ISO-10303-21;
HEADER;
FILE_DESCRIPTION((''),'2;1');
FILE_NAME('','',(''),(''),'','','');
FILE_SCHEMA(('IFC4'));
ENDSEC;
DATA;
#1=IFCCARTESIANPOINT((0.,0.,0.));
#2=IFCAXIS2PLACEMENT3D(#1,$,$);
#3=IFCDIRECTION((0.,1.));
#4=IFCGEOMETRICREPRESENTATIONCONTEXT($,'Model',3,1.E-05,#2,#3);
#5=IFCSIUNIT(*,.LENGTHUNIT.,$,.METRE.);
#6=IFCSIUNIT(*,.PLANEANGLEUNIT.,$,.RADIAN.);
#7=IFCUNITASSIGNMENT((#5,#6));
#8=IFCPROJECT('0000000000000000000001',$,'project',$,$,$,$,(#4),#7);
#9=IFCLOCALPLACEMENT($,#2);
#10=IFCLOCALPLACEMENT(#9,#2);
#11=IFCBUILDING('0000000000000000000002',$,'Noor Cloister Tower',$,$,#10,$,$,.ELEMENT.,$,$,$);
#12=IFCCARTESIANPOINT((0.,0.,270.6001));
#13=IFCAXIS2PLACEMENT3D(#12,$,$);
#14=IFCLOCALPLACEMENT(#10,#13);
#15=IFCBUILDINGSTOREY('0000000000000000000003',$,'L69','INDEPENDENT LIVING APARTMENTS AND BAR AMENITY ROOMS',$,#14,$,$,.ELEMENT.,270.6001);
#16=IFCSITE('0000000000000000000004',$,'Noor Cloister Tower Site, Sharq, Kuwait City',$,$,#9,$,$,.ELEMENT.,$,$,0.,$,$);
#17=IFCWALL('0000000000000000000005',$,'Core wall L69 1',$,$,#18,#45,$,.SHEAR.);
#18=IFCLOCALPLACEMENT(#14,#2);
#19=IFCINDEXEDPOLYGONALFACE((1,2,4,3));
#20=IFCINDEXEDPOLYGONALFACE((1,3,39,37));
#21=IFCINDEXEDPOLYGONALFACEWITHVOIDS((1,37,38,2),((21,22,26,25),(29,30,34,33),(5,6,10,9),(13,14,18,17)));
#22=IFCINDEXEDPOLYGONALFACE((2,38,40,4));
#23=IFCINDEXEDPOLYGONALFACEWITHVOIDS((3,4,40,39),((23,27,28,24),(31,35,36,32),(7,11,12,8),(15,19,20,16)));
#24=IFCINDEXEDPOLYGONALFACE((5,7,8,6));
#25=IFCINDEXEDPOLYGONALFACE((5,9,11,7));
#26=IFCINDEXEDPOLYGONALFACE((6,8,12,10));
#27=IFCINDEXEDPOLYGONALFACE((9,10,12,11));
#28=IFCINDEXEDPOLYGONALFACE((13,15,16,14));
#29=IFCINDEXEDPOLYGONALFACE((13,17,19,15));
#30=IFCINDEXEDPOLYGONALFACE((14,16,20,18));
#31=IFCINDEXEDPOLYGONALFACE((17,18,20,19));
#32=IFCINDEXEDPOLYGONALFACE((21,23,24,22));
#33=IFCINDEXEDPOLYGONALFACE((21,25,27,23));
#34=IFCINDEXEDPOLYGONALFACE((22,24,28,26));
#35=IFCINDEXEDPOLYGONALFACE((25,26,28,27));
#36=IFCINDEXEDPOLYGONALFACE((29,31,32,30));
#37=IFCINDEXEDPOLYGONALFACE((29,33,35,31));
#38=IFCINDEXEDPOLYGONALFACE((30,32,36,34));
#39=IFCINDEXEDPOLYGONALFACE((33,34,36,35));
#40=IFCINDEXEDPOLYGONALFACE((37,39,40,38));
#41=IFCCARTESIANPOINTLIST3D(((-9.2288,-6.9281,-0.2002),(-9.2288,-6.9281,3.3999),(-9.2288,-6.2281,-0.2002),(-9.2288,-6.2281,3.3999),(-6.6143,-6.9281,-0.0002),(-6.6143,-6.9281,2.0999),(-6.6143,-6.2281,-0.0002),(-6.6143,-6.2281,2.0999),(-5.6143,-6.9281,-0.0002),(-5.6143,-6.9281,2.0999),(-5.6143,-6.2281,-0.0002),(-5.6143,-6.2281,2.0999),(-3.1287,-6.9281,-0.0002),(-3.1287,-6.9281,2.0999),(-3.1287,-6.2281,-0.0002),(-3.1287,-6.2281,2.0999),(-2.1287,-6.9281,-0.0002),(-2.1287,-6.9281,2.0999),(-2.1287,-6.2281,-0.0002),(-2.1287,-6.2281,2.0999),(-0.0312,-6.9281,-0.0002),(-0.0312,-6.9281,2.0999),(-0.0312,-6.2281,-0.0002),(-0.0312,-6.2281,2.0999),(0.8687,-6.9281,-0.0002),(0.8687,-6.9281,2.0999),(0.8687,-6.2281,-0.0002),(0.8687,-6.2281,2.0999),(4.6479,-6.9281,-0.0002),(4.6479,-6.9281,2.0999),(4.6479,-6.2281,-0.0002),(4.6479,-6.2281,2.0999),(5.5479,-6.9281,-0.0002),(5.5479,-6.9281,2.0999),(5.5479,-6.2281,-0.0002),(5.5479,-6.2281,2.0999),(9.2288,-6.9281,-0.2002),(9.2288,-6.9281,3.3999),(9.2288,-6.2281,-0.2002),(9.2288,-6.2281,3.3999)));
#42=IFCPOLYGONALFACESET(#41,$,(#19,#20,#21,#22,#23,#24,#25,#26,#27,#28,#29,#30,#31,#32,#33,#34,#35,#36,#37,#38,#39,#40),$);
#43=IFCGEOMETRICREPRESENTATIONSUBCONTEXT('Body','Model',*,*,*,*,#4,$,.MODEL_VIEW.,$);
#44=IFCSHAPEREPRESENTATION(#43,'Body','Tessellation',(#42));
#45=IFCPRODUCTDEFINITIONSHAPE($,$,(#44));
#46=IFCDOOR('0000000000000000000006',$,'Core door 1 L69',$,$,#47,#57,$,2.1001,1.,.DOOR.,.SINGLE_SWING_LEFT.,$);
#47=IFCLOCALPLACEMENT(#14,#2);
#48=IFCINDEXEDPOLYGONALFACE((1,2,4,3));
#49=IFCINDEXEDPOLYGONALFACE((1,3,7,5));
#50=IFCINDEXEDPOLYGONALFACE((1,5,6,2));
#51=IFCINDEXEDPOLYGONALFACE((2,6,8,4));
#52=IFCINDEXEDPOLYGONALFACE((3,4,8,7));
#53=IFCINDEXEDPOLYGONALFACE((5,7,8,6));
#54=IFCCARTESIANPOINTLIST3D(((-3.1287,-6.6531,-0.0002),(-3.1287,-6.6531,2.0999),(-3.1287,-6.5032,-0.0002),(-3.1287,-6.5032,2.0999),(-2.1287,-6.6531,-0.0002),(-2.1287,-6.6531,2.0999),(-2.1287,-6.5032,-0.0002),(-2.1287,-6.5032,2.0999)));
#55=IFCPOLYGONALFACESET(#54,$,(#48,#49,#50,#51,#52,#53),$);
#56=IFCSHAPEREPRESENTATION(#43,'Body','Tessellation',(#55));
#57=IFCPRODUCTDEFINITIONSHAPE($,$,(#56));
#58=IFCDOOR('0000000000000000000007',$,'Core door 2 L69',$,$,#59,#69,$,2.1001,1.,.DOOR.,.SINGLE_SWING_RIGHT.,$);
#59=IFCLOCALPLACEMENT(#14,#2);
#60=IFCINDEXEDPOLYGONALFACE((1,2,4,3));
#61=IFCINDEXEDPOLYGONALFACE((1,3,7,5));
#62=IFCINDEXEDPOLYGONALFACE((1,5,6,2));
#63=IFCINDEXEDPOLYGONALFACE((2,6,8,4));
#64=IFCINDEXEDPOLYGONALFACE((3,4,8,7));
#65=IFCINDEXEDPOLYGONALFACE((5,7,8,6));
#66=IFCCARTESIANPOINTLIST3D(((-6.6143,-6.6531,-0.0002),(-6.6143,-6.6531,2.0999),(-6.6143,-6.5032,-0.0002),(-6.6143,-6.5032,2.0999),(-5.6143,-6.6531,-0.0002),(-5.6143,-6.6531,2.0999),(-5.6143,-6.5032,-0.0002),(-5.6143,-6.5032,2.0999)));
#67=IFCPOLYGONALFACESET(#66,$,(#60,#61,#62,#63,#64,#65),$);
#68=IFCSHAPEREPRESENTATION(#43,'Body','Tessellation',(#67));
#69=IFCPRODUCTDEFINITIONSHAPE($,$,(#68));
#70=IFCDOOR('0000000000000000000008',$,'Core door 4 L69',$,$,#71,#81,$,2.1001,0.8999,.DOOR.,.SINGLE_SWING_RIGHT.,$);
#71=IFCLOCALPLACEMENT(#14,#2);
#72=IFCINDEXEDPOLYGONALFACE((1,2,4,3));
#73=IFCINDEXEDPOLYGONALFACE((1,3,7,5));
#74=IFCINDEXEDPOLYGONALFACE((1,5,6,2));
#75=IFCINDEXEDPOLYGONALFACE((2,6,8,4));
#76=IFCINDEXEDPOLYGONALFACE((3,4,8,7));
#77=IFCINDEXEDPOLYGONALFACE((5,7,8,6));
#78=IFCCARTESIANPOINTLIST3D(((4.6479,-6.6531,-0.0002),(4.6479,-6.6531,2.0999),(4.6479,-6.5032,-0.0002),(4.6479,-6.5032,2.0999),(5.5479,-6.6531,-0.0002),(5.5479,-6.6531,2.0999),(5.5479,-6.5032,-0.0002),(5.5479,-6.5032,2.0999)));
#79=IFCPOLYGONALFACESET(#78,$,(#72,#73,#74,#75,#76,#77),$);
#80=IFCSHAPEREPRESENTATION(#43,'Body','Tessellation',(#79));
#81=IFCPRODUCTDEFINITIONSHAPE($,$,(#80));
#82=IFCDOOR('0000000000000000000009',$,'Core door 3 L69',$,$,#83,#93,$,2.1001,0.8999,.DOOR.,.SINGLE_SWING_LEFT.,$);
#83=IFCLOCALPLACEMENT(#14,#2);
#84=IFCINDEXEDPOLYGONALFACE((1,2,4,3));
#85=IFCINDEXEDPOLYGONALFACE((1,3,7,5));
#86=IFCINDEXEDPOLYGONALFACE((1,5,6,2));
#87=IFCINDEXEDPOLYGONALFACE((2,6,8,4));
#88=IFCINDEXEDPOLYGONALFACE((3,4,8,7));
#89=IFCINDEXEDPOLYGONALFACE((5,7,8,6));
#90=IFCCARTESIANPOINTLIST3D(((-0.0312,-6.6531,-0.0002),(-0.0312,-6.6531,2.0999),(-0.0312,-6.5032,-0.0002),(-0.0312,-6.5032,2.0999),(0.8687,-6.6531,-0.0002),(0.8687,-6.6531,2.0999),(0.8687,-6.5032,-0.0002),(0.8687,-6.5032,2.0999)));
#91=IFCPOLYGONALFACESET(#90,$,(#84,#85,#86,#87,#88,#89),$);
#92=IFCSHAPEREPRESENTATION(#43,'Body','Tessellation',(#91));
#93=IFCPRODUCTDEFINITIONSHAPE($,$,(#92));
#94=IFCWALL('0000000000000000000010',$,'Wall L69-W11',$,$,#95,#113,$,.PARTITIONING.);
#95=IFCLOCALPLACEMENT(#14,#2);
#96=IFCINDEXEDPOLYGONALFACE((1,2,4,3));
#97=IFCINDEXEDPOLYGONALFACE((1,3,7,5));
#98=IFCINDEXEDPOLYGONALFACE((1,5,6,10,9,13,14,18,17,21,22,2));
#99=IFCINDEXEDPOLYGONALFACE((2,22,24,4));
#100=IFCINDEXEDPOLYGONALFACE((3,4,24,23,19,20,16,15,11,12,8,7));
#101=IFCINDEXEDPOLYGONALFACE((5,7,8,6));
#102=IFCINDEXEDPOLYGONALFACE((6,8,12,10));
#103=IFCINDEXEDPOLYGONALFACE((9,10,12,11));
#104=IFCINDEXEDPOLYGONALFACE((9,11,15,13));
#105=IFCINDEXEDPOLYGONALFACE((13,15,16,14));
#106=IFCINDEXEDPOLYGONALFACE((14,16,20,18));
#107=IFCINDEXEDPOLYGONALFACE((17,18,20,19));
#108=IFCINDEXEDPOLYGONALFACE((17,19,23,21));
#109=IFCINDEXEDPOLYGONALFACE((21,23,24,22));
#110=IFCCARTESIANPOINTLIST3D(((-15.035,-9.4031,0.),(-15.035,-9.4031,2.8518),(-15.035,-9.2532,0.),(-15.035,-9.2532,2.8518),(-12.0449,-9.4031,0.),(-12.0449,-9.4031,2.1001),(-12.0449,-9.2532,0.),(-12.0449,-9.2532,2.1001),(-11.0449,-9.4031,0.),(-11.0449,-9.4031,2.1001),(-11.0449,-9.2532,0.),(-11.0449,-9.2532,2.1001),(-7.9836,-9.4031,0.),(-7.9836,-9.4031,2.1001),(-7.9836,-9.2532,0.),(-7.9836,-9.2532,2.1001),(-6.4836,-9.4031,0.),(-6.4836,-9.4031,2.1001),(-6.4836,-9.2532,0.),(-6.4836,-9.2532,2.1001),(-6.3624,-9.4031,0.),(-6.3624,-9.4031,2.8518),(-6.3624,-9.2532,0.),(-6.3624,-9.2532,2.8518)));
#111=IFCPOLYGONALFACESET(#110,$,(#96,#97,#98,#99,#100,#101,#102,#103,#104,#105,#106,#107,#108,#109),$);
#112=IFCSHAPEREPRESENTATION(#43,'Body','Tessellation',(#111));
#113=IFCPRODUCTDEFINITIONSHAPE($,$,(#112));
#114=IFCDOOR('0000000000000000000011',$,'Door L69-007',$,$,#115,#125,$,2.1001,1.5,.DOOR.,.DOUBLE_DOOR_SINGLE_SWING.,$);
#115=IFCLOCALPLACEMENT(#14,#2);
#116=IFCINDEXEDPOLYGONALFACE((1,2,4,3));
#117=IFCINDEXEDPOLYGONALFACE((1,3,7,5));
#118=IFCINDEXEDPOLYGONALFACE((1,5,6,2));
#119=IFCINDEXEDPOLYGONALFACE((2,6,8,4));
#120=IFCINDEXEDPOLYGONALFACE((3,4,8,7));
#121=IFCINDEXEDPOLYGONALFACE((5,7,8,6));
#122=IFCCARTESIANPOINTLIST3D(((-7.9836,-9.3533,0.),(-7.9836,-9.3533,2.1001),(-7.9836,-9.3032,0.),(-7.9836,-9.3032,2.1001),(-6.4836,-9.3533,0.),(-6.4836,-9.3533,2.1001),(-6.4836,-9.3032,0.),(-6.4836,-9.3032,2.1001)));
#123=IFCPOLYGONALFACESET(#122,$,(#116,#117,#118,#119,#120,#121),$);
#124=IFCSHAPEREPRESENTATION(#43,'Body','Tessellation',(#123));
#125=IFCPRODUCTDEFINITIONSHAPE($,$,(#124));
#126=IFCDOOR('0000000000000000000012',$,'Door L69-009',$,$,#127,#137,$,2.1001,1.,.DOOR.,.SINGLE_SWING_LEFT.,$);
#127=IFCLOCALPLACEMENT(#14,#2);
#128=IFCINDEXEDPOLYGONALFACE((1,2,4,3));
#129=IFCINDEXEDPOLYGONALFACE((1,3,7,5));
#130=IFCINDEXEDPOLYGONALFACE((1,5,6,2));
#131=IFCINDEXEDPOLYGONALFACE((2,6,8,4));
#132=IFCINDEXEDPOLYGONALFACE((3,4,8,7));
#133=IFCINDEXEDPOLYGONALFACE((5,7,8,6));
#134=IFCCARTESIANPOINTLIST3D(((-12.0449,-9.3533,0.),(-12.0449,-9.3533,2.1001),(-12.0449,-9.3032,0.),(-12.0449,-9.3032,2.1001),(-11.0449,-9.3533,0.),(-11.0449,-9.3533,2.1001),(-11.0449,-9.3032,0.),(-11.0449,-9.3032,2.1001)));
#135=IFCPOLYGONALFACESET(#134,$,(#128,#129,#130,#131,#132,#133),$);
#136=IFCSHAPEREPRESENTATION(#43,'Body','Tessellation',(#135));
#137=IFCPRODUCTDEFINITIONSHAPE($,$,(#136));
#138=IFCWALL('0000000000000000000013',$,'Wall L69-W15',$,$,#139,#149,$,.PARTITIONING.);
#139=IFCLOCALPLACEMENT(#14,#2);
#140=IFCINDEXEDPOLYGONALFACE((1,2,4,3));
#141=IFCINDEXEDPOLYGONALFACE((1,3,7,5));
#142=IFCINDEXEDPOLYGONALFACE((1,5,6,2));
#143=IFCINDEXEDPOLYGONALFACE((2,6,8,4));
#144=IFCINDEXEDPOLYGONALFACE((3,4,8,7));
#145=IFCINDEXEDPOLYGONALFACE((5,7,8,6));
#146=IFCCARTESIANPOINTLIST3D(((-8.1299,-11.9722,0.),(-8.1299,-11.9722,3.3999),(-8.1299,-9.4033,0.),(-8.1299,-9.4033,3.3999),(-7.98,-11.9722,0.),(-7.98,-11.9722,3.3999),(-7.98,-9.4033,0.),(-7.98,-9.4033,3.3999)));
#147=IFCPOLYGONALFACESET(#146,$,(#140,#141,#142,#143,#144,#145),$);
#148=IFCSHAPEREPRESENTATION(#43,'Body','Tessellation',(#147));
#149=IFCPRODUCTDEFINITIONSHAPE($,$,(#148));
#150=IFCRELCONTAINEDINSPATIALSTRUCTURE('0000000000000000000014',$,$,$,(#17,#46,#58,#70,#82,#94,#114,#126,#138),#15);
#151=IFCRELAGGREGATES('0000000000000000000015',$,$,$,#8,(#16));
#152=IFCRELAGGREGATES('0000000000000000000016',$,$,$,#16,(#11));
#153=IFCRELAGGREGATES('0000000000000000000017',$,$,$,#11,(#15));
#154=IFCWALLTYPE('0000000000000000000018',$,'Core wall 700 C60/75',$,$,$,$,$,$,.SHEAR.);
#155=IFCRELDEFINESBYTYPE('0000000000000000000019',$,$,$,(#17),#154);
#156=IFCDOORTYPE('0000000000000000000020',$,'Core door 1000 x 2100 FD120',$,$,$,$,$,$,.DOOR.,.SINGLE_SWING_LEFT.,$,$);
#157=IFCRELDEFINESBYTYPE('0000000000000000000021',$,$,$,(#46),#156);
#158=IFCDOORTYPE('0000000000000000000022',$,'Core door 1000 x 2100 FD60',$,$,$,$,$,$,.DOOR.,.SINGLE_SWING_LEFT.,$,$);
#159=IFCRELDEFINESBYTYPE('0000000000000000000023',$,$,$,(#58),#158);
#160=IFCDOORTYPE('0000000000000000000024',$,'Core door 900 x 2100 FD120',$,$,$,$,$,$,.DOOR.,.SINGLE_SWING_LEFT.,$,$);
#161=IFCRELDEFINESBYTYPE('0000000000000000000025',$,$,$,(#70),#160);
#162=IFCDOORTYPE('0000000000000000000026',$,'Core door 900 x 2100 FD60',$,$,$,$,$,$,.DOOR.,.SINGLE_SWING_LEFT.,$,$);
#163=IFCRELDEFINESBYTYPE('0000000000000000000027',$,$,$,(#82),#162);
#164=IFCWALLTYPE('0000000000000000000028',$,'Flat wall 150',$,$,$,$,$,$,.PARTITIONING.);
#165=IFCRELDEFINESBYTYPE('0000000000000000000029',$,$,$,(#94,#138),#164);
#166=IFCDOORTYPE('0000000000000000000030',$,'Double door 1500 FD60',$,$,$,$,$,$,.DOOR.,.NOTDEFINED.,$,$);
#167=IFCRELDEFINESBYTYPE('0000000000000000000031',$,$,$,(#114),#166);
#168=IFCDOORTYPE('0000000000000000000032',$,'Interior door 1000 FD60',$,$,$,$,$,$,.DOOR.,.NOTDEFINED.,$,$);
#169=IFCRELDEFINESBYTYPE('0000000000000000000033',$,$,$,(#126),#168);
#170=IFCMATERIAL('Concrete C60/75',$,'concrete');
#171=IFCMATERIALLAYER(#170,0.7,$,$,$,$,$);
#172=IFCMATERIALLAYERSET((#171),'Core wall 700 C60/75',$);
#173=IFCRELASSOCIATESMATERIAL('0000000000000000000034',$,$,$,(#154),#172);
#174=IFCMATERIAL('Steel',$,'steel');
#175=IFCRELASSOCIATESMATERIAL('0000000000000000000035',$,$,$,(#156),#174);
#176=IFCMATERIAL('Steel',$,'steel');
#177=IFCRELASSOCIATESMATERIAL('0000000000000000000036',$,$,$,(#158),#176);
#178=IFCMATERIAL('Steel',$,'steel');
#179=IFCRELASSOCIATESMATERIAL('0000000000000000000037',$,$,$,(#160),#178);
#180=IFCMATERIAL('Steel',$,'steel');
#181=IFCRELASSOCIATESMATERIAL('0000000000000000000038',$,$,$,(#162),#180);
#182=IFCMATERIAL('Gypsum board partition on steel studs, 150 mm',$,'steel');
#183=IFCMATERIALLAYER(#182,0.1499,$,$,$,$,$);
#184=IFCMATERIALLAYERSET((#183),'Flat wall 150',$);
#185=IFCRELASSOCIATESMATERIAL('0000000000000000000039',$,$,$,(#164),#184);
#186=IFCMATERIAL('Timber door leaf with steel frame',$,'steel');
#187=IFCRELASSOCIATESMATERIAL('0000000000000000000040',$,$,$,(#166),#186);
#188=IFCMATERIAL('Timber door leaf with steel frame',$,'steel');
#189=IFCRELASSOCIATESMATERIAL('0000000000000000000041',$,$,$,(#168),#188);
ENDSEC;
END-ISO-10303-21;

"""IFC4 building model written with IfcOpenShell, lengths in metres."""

from ifc_helpers import new_model, si_unit, direction, frame, frame_2d, origin, place, context, subcontext, project, spatial, rectangle, extrude, material, layer, layer_set, type_object, element, fill, save


model = new_model("IFC4")

# Units and contexts
model_context = context("Model", 3, precision=1e-05, world=origin(), true_north=direction((0.0, 1.0)))
body_context = subcontext(model_context, "Body", "Model", "MODEL_VIEW")
ifc_project = project(units=[si_unit("LENGTHUNIT", "METRE"), si_unit("PLANEANGLEUNIT", "RADIAN")], contexts=[model_context])

# Site, building, storey
site_placement = place(None, origin())
site = spatial("IfcSite", under=ifc_project, at=site_placement, Name="Noor Cloister Tower Site, Sharq, Kuwait City", CompositionType="ELEMENT", RefElevation=0.0)
building_placement = place(site_placement, origin())
building = spatial("IfcBuilding", under=site, at=building_placement, Name="Noor Cloister Tower", CompositionType="ELEMENT")
storey_placement = place(building_placement, frame((0.0, 0.0, 270.6001)))
storey = spatial("IfcBuildingStorey", under=building, at=storey_placement, Name="L69", Description="INDEPENDENT LIVING APARTMENTS AND BAR AMENITY ROOMS", CompositionType="ELEMENT", Elevation=270.6001)

# Walls, openings, doors
ifc_material_1 = material(Name="Concrete C60/75", Category="concrete")
ifc_layer_1 = layer(ifc_material_1, 0.7)
ifc_layer_set_1 = layer_set([ifc_layer_1], Name="Core wall 700 C60/75")
wall_type_1 = type_object("IfcWallType", Name="Core wall 700 C60/75", PredefinedType="SHEAR", material=ifc_layer_set_1)
wall_1_placement = place(storey_placement, frame((-9.2288, -6.5781, -0.2002), z_axis=(0.0, 0.0, 1.0), x_axis=(1.0, 0.0, 0.0)))
wall_1 = element("IfcWall", 1, at=wall_1_placement, inside=storey, type_object=wall_type_1, Name="Core wall L69 1", PredefinedType="SHEAR", context=body_context, shape_type="SweptSolid", body=[
    extrude(rectangle(XDim=18.4575, YDim=0.7, at=frame_2d((9.2288, 0.0))), origin(), (0.0, 0.0, 1.0), 3.6001),
])
opening_1_placement = place(wall_1_placement, frame((6.1001, 0.0, 0.2)))
opening_1 = element("IfcOpeningElement", 2, at=opening_1_placement, cuts=wall_1, PredefinedType="OPENING", context=body_context, shape_type="SweptSolid", body=[
    extrude(rectangle(XDim=1.0, YDim=2.1001, at=frame_2d((0.5, 1.05))), frame((0.0, 0.3599, 0.0), z_axis=(0.0, -1.0, 0.0), x_axis=(1.0, 0.0, 0.0)), (0.0, 0.0, 1.0), 0.72),
])
opening_2_placement = place(wall_1_placement, frame((2.6145, 0.0, 0.2)))
opening_2 = element("IfcOpeningElement", 3, at=opening_2_placement, cuts=wall_1, PredefinedType="OPENING", context=body_context, shape_type="SweptSolid", body=[
    extrude(rectangle(XDim=1.0, YDim=2.1001, at=frame_2d((0.5, 1.05))), frame((0.0, 0.3599, 0.0), z_axis=(0.0, -1.0, 0.0), x_axis=(1.0, 0.0, 0.0)), (0.0, 0.0, 1.0), 0.72),
])
opening_3_placement = place(wall_1_placement, frame((9.1975, 0.0, 0.2)))
opening_3 = element("IfcOpeningElement", 4, at=opening_3_placement, cuts=wall_1, PredefinedType="OPENING", context=body_context, shape_type="SweptSolid", body=[
    extrude(rectangle(XDim=0.8999, YDim=2.1001, at=frame_2d((0.45, 1.05))), frame((0.0, 0.3599, 0.0), z_axis=(0.0, -1.0, 0.0), x_axis=(1.0, 0.0, 0.0)), (0.0, 0.0, 1.0), 0.72),
])
opening_4_placement = place(wall_1_placement, frame((13.8767, 0.0, 0.2)))
opening_4 = element("IfcOpeningElement", 5, at=opening_4_placement, cuts=wall_1, PredefinedType="OPENING", context=body_context, shape_type="SweptSolid", body=[
    extrude(rectangle(XDim=0.8999, YDim=2.1001, at=frame_2d((0.45, 1.05))), frame((0.0, 0.3599, 0.0), z_axis=(0.0, -1.0, 0.0), x_axis=(1.0, 0.0, 0.0)), (0.0, 0.0, 1.0), 0.72),
])
ifc_material_2 = material(Name="Steel", Category="steel")
door_type_1 = type_object("IfcDoorType", Name="Core door 1000 x 2100 FD120", OperationType="SINGLE_SWING_LEFT", PredefinedType="DOOR", material=ifc_material_2)
door_1_placement = place(opening_1_placement, origin())
door_1 = element("IfcDoor", 6, at=door_1_placement, inside=storey, type_object=door_type_1, Name="Core door 1 L69", OperationType="SINGLE_SWING_LEFT", OverallHeight=2.1001, OverallWidth=1.0, PredefinedType="DOOR", context=body_context, shape_type="SweptSolid", body=[
    extrude(rectangle(XDim=1.0, YDim=2.1001, at=frame_2d((0.5, 1.05))), frame((0.0, 0.075, 0.0), z_axis=(0.0, -1.0, 0.0), x_axis=(1.0, 0.0, 0.0)), (0.0, 0.0, 1.0), 0.1499),
])
fill(opening_1, door_1)
ifc_material_3 = material(Name="Steel", Category="steel")
door_type_2 = type_object("IfcDoorType", Name="Core door 1000 x 2100 FD60", OperationType="SINGLE_SWING_LEFT", PredefinedType="DOOR", material=ifc_material_3)
door_2_placement = place(opening_2_placement, origin())
door_2 = element("IfcDoor", 7, at=door_2_placement, inside=storey, type_object=door_type_2, Name="Core door 2 L69", OperationType="SINGLE_SWING_RIGHT", OverallHeight=2.1001, OverallWidth=1.0, PredefinedType="DOOR", context=body_context, shape_type="SweptSolid", body=[
    extrude(rectangle(XDim=1.0, YDim=2.1001, at=frame_2d((0.5, 1.05))), frame((0.0, 0.075, 0.0), z_axis=(0.0, -1.0, 0.0), x_axis=(1.0, 0.0, 0.0)), (0.0, 0.0, 1.0), 0.1499),
])
fill(opening_2, door_2)
ifc_material_4 = material(Name="Steel", Category="steel")
door_type_3 = type_object("IfcDoorType", Name="Core door 900 x 2100 FD120", OperationType="SINGLE_SWING_LEFT", PredefinedType="DOOR", material=ifc_material_4)
door_3_placement = place(opening_4_placement, origin())
door_3 = element("IfcDoor", 8, at=door_3_placement, inside=storey, type_object=door_type_3, Name="Core door 4 L69", OperationType="SINGLE_SWING_RIGHT", OverallHeight=2.1001, OverallWidth=0.8999, PredefinedType="DOOR", context=body_context, shape_type="SweptSolid", body=[
    extrude(rectangle(XDim=0.8999, YDim=2.1001, at=frame_2d((0.45, 1.05))), frame((0.0, 0.075, 0.0), z_axis=(0.0, -1.0, 0.0), x_axis=(1.0, 0.0, 0.0)), (0.0, 0.0, 1.0), 0.1499),
])
fill(opening_4, door_3)
ifc_material_5 = material(Name="Steel", Category="steel")
door_type_4 = type_object("IfcDoorType", Name="Core door 900 x 2100 FD60", OperationType="SINGLE_SWING_LEFT", PredefinedType="DOOR", material=ifc_material_5)
door_4_placement = place(opening_3_placement, origin())
door_4 = element("IfcDoor", 9, at=door_4_placement, inside=storey, type_object=door_type_4, Name="Core door 3 L69", OperationType="SINGLE_SWING_LEFT", OverallHeight=2.1001, OverallWidth=0.8999, PredefinedType="DOOR", context=body_context, shape_type="SweptSolid", body=[
    extrude(rectangle(XDim=0.8999, YDim=2.1001, at=frame_2d((0.45, 1.05))), frame((0.0, 0.075, 0.0), z_axis=(0.0, -1.0, 0.0), x_axis=(1.0, 0.0, 0.0)), (0.0, 0.0, 1.0), 0.1499),
])
fill(opening_3, door_4)
ifc_material_6 = material(Name="Gypsum board partition on steel studs, 150 mm", Category="steel")
ifc_layer_2 = layer(ifc_material_6, 0.1499)
ifc_layer_set_2 = layer_set([ifc_layer_2], Name="Flat wall 150")
wall_type_2 = type_object("IfcWallType", Name="Flat wall 150", PredefinedType="PARTITIONING", material=ifc_layer_set_2)
wall_2_placement = place(storey_placement, frame((-15.0352, -9.3281, 0.0), z_axis=(0.0, 0.0, 1.0), x_axis=(1.0, 0.0, 0.0)))
wall_2 = element("IfcWall", 10, at=wall_2_placement, inside=storey, type_object=wall_type_2, Name="Wall L69-W11", PredefinedType="PARTITIONING", context=body_context, shape_type="SweptSolid", body=[
    extrude(rectangle(XDim=8.6726, YDim=0.1499, at=frame_2d((4.3364, 0.0))), origin(), (0.0, 0.0, 1.0), 2.8518),
])
opening_5_placement = place(wall_2_placement, frame((7.0515, 0.0, 0.0)))
opening_5 = element("IfcOpeningElement", 11, at=opening_5_placement, cuts=wall_2, PredefinedType="OPENING", context=body_context, shape_type="SweptSolid", body=[
    extrude(rectangle(XDim=1.5, YDim=2.1001, at=frame_2d((0.75, 1.05))), frame((0.0, 0.085, 0.0), z_axis=(0.0, -1.0, 0.0), x_axis=(1.0, 0.0, 0.0)), (0.0, 0.0, 1.0), 0.1699),
])
opening_6_placement = place(wall_2_placement, frame((2.9902, 0.0, 0.0)))
opening_6 = element("IfcOpeningElement", 12, at=opening_6_placement, cuts=wall_2, PredefinedType="OPENING", context=body_context, shape_type="SweptSolid", body=[
    extrude(rectangle(XDim=1.0, YDim=2.1001, at=frame_2d((0.5, 1.05))), frame((0.0, 0.085, 0.0), z_axis=(0.0, -1.0, 0.0), x_axis=(1.0, 0.0, 0.0)), (0.0, 0.0, 1.0), 0.1699),
])
ifc_material_7 = material(Name="Timber door leaf with steel frame", Category="steel")
door_type_5 = type_object("IfcDoorType", Name="Double door 1500 FD60", OperationType="NOTDEFINED", PredefinedType="DOOR", material=ifc_material_7)
door_5_placement = place(opening_5_placement, origin())
door_5 = element("IfcDoor", 13, at=door_5_placement, inside=storey, type_object=door_type_5, Name="Door L69-007", OperationType="DOUBLE_DOOR_SINGLE_SWING", OverallHeight=2.1001, OverallWidth=1.5, PredefinedType="DOOR", context=body_context, shape_type="SweptSolid", body=[
    extrude(rectangle(XDim=1.5, YDim=2.1001, at=frame_2d((0.75, 1.05))), frame((0.0, 0.0249, 0.0), z_axis=(0.0, -1.0, 0.0), x_axis=(1.0, 0.0, 0.0)), (0.0, 0.0, 1.0), 0.05),
])
fill(opening_5, door_5)
ifc_material_8 = material(Name="Timber door leaf with steel frame", Category="steel")
door_type_6 = type_object("IfcDoorType", Name="Interior door 1000 FD60", OperationType="NOTDEFINED", PredefinedType="DOOR", material=ifc_material_8)
door_6_placement = place(opening_6_placement, origin())
door_6 = element("IfcDoor", 14, at=door_6_placement, inside=storey, type_object=door_type_6, Name="Door L69-009", OperationType="SINGLE_SWING_LEFT", OverallHeight=2.1001, OverallWidth=1.0, PredefinedType="DOOR", context=body_context, shape_type="SweptSolid", body=[
    extrude(rectangle(XDim=1.0, YDim=2.1001, at=frame_2d((0.5, 1.05))), frame((0.0, 0.0249, 0.0), z_axis=(0.0, -1.0, 0.0), x_axis=(1.0, 0.0, 0.0)), (0.0, 0.0, 1.0), 0.05),
])
fill(opening_6, door_6)

# Wall
wall_3_placement = place(storey_placement, frame((-8.0549, -9.4033, 0.0), z_axis=(0.0, 0.0, 1.0), x_axis=(0.0, -1.0, 0.0)))
element("IfcWall", 15, at=wall_3_placement, inside=storey, type_object=wall_type_2, Name="Wall L69-W15", PredefinedType="PARTITIONING", context=body_context, shape_type="SweptSolid", body=[
    extrude(rectangle(XDim=2.5688, YDim=0.1499, at=frame_2d((1.2844, 0.0))), origin(), (0.0, 0.0, 1.0), 3.3999),
])

save(model, "model.ifc")
